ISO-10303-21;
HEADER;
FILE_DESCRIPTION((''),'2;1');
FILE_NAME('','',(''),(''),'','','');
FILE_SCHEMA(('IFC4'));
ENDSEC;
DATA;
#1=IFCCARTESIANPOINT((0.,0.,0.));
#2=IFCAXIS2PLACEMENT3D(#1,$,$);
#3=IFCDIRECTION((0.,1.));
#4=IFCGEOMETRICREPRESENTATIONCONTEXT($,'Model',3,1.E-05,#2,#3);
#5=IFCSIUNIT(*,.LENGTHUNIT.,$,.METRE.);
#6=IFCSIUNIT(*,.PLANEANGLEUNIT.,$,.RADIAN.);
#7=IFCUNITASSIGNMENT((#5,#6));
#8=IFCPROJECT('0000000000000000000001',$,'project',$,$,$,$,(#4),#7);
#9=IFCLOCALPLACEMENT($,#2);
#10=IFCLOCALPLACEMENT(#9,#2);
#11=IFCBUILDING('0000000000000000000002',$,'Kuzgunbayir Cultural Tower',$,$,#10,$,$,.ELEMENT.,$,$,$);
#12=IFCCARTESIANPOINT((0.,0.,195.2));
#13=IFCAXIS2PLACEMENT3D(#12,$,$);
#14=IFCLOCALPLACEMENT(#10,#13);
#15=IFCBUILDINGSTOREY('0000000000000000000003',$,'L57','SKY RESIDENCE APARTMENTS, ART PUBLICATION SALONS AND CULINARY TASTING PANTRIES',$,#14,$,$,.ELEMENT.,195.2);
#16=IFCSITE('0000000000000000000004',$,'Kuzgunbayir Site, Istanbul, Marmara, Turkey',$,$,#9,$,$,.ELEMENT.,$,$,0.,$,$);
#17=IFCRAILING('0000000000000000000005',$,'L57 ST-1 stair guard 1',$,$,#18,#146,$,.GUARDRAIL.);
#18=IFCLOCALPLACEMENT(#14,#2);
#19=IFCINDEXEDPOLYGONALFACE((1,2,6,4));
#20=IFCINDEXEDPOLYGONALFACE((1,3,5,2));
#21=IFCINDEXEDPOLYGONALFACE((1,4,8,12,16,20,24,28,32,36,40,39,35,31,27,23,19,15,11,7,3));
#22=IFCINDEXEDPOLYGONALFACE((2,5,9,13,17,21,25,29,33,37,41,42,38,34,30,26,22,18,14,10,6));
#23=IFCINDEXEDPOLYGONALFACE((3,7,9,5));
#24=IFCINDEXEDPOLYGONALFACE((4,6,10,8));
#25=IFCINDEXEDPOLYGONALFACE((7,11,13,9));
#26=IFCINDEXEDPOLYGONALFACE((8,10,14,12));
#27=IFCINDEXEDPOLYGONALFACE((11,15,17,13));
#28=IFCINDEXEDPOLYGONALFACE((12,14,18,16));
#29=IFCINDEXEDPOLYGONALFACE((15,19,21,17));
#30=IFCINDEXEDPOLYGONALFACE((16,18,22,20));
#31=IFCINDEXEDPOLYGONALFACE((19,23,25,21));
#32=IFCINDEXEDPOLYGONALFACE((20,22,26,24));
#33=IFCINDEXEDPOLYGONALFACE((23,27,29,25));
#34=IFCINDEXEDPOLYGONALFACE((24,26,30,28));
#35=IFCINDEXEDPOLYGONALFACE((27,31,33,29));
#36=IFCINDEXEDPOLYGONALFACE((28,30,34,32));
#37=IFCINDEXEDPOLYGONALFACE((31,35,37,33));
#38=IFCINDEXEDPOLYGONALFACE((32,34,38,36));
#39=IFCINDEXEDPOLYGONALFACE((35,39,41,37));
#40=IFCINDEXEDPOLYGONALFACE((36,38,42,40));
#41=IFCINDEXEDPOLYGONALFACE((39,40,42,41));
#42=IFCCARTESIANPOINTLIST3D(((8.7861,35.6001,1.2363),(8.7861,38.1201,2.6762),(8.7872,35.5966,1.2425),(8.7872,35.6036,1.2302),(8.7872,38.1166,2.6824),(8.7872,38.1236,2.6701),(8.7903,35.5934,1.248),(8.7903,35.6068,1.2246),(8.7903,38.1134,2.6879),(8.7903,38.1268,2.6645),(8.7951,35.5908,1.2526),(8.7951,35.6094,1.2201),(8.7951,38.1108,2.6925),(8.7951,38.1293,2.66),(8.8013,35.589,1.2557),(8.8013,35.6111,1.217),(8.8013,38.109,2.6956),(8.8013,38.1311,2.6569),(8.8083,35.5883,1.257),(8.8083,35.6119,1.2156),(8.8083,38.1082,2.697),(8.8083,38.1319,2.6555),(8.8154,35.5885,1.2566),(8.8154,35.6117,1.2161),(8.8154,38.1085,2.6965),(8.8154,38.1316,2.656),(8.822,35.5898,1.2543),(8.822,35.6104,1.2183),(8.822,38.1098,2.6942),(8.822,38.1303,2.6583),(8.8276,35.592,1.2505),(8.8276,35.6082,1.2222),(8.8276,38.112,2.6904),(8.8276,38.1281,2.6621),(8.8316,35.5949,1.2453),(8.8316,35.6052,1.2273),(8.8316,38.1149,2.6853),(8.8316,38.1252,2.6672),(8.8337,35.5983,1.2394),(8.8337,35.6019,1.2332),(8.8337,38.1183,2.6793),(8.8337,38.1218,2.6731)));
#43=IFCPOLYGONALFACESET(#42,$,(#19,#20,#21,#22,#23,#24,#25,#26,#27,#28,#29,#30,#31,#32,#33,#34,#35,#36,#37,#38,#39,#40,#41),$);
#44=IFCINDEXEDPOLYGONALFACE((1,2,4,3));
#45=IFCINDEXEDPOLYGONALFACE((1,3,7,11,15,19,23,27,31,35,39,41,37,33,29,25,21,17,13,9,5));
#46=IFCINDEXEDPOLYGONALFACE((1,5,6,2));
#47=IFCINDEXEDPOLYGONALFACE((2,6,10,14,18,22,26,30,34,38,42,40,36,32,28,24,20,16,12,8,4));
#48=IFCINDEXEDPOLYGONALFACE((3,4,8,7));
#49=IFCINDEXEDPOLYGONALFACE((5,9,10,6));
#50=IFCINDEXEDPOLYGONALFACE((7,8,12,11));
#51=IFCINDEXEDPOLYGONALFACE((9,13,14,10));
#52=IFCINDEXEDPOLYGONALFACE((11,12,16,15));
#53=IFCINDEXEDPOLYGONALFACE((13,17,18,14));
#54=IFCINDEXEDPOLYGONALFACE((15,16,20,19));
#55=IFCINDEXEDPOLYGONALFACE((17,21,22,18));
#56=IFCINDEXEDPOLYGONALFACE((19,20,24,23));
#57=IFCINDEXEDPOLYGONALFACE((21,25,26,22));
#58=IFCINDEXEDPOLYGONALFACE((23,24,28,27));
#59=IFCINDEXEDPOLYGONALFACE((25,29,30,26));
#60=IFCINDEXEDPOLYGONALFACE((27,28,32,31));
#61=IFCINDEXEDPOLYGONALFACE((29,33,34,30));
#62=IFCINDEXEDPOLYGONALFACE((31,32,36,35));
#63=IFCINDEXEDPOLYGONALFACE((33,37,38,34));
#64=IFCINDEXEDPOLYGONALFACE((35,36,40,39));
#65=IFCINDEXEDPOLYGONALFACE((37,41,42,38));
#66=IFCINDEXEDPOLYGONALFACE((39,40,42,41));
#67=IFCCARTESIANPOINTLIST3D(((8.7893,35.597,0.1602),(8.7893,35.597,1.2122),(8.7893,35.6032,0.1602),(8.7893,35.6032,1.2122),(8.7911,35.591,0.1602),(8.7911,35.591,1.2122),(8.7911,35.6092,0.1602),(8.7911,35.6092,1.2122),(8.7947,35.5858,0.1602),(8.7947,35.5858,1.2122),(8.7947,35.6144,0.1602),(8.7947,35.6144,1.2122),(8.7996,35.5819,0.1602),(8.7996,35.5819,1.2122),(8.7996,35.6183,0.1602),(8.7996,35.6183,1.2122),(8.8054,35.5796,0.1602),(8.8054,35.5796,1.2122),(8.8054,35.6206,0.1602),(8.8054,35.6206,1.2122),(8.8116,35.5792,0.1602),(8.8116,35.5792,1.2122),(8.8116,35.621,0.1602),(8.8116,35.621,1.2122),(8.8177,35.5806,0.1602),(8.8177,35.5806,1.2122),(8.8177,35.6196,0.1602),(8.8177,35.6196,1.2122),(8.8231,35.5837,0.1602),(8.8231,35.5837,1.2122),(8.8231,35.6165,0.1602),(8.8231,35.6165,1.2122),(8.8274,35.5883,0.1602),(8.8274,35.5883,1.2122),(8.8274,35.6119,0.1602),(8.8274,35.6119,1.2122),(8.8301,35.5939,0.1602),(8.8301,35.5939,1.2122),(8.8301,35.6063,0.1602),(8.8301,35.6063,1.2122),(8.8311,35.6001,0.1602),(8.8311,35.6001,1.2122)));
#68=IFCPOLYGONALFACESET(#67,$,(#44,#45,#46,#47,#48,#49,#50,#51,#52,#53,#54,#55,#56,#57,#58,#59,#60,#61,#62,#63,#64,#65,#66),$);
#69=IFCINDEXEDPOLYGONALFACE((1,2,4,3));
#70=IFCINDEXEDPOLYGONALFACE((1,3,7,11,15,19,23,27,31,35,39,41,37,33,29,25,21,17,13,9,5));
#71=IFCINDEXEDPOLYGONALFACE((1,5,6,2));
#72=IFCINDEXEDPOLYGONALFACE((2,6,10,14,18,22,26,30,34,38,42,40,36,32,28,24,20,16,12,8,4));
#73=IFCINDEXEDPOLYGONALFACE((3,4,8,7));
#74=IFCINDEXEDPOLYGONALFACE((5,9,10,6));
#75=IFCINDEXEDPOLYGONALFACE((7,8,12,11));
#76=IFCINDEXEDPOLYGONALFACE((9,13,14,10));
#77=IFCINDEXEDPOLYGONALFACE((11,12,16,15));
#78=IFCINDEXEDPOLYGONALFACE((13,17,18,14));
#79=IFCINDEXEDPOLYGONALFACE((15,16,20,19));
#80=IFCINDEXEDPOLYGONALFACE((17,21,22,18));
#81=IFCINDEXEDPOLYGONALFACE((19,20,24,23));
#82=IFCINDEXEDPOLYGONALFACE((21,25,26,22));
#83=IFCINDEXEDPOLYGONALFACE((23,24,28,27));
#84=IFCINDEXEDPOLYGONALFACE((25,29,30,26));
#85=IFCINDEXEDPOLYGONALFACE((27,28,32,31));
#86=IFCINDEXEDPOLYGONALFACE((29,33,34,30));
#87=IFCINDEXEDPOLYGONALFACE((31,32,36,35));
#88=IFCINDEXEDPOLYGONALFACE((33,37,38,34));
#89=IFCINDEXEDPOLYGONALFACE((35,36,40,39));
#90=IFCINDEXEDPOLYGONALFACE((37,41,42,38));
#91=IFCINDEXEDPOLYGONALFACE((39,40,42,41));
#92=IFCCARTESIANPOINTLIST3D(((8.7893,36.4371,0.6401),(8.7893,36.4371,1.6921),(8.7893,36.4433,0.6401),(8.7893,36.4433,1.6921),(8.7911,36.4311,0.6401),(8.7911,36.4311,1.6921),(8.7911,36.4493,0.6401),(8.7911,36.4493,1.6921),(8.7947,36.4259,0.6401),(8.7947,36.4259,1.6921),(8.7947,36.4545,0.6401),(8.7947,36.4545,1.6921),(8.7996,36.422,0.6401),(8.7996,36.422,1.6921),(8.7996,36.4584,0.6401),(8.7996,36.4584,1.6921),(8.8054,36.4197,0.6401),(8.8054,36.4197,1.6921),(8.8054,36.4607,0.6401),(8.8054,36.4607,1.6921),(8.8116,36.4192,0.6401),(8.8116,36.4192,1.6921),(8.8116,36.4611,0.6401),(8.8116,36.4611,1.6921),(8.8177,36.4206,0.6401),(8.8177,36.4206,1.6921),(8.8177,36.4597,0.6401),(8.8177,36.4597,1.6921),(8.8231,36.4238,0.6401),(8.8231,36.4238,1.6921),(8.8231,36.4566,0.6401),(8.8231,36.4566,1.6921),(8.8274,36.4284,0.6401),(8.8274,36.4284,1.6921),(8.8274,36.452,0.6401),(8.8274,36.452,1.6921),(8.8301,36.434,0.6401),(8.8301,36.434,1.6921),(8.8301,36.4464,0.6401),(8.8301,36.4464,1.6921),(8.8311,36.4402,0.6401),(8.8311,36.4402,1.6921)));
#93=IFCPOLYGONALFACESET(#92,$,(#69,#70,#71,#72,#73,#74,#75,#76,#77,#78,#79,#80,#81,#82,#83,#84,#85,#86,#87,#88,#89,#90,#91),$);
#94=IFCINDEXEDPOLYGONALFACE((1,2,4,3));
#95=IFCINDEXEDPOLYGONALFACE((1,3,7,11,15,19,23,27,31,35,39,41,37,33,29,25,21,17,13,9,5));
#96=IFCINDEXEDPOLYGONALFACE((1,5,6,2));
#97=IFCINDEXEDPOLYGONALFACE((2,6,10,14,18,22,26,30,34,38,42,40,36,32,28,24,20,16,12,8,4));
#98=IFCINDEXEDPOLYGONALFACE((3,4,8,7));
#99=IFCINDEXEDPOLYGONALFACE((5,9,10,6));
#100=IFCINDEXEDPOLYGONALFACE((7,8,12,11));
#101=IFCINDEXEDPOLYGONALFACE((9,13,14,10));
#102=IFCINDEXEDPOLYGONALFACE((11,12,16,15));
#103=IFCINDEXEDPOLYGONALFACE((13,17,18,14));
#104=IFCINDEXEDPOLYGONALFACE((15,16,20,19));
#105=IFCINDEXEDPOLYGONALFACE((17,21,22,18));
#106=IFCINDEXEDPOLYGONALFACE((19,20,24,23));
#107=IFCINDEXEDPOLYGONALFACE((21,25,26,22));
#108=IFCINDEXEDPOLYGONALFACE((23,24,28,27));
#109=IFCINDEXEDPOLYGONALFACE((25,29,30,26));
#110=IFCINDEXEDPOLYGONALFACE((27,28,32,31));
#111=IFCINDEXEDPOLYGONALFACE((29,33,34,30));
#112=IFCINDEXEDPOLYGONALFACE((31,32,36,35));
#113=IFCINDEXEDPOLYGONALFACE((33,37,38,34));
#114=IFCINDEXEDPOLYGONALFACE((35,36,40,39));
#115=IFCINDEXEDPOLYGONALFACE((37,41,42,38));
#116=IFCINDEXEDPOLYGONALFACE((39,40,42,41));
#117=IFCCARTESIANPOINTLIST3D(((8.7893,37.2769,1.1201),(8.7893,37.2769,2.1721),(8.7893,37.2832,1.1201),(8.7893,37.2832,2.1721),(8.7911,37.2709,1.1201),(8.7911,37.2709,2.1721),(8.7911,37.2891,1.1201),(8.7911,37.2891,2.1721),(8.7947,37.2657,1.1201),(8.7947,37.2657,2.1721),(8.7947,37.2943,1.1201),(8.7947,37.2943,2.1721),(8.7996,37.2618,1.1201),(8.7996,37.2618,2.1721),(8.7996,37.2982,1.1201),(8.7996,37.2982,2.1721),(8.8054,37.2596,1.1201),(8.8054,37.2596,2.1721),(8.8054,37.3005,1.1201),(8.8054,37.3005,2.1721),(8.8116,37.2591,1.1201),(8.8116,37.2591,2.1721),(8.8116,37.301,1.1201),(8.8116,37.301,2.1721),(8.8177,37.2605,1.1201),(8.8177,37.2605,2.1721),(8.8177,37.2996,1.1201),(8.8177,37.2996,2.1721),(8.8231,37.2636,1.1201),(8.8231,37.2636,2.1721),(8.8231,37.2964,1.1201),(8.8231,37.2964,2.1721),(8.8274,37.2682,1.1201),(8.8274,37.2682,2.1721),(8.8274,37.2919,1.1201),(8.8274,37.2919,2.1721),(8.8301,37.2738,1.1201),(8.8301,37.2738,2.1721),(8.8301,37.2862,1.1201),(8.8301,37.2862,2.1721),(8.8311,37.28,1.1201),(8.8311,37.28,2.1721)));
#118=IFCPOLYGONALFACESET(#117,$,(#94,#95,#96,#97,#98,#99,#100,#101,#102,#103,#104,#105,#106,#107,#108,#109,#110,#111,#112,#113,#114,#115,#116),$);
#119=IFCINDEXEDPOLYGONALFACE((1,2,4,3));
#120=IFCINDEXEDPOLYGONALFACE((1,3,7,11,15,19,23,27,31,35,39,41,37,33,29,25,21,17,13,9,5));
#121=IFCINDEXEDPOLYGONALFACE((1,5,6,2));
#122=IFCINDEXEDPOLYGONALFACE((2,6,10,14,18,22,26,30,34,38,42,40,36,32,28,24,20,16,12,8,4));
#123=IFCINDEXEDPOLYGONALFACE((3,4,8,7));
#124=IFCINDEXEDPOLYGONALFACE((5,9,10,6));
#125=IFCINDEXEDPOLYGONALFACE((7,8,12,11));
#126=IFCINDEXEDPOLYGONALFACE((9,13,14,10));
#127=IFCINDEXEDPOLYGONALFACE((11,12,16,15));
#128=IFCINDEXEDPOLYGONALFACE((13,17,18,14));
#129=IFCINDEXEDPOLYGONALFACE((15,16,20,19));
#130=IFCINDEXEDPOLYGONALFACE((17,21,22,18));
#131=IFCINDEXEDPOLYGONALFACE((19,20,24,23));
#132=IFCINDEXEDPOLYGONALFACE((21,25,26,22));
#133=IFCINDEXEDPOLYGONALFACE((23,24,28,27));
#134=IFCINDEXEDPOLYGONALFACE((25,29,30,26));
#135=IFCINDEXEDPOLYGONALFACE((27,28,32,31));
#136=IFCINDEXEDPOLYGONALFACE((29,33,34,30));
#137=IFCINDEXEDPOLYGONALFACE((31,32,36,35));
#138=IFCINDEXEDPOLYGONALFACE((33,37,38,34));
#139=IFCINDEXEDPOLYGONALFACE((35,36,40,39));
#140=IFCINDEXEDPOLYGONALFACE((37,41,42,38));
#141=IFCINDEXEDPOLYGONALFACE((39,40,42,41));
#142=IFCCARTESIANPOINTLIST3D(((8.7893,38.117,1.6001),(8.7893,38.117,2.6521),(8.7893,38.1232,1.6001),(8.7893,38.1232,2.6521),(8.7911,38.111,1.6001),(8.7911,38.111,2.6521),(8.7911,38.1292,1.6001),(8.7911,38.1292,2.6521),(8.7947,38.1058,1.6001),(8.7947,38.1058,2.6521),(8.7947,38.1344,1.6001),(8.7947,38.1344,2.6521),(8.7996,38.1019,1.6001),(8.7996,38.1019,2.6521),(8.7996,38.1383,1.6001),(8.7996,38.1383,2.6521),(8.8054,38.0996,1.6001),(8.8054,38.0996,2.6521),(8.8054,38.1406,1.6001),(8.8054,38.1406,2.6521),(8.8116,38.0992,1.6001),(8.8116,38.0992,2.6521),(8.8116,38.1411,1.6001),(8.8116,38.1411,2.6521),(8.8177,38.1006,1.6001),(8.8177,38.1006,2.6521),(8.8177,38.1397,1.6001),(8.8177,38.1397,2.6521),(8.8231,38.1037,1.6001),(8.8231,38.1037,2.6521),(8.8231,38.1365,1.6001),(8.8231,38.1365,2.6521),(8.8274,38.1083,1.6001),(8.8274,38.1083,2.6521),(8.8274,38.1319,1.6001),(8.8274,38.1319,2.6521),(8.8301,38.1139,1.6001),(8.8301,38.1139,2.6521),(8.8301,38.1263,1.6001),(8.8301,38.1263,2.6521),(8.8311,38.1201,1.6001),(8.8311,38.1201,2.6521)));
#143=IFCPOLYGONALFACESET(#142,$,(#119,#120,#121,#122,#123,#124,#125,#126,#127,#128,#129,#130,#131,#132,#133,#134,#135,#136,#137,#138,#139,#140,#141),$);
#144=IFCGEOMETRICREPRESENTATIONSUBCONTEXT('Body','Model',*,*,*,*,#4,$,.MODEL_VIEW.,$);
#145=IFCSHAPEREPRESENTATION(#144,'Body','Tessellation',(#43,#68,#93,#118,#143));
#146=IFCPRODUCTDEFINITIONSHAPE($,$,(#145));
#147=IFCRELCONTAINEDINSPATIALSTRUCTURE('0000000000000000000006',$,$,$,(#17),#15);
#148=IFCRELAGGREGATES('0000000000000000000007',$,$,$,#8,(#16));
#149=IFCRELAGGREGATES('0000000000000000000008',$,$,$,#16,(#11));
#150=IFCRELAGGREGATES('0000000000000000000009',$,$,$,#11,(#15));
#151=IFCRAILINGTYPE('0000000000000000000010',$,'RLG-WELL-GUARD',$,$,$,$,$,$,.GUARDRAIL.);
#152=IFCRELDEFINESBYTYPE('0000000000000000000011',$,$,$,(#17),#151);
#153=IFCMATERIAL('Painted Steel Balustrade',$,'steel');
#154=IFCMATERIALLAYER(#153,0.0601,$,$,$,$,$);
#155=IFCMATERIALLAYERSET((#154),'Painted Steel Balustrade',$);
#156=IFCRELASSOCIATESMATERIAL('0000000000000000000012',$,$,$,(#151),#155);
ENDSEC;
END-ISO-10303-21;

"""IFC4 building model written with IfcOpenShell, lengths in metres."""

from ifc_helpers import new_model, si_unit, direction, frame, origin, origin_2d, place, context, subcontext, project, spatial, circle, extrude, material, layer, layer_set, type_object, element, save


model = new_model("IFC4")

# Units and contexts
model_context = context("Model", 3, precision=1e-05, world=origin(), true_north=direction((0.0, 1.0)))
body_context = subcontext(model_context, "Body", "Model", "MODEL_VIEW")
ifc_project = project(units=[si_unit("LENGTHUNIT", "METRE"), si_unit("PLANEANGLEUNIT", "RADIAN")], contexts=[model_context])

# Site, building, storey
site_placement = place(None, origin())
site = spatial("IfcSite", under=ifc_project, at=site_placement, Name="Kuzgunbayir Site, Istanbul, Marmara, Turkey", CompositionType="ELEMENT", RefElevation=0.0)
building_placement = place(site_placement, origin())
building = spatial("IfcBuilding", under=site, at=building_placement, Name="Kuzgunbayir Cultural Tower", CompositionType="ELEMENT")
storey_placement = place(building_placement, frame((0.0, 0.0, 195.2)))
storey = spatial("IfcBuildingStorey", under=building, at=storey_placement, Name="L57", Description="SKY RESIDENCE APARTMENTS, ART PUBLICATION SALONS AND CULINARY TASTING PANTRIES", CompositionType="ELEMENT", Elevation=195.2)

# Railing
ifc_material_1 = material(Name="Painted Steel Balustrade", Category="steel")
ifc_layer_1 = layer(ifc_material_1, 0.0601)
ifc_layer_set_1 = layer_set([ifc_layer_1], Name="Painted Steel Balustrade")
railing_type_1 = type_object("IfcRailingType", Name="RLG-WELL-GUARD", PredefinedType="GUARDRAIL", material=ifc_layer_set_1)
railing_1_placement = place(storey_placement, frame((8.8101, 35.6001, 0.1602)))
element("IfcRailing", 1, at=railing_1_placement, inside=storey, type_object=railing_type_1, Name="L57 ST-1 stair guard 1", PredefinedType="GUARDRAIL", context=body_context, shape_type="SweptSolid", body=[
    extrude(circle(Radius=0.0239, at=origin_2d()), frame((0.0, 0.0, 1.0762), z_axis=(0.0, 0.868253, 0.496121), x_axis=(-1.0, 0.0, 0.0)), (0.0, 0.0, 1.0), 2.9023),
    extrude(circle(Radius=0.021, at=origin_2d()), origin(), (0.0, 0.0, 1.0), 1.052),
    extrude(circle(Radius=0.021, at=origin_2d()), frame((0.0, 0.8401, 0.48)), (0.0, 0.0, 1.0), 1.052),
    extrude(circle(Radius=0.021, at=origin_2d()), frame((0.0, 1.6799, 0.96)), (0.0, 0.0, 1.0), 1.052),
    extrude(circle(Radius=0.021, at=origin_2d()), frame((0.0, 2.52, 1.4399)), (0.0, 0.0, 1.0), 1.052),
])

save(model, "model.ifc")
